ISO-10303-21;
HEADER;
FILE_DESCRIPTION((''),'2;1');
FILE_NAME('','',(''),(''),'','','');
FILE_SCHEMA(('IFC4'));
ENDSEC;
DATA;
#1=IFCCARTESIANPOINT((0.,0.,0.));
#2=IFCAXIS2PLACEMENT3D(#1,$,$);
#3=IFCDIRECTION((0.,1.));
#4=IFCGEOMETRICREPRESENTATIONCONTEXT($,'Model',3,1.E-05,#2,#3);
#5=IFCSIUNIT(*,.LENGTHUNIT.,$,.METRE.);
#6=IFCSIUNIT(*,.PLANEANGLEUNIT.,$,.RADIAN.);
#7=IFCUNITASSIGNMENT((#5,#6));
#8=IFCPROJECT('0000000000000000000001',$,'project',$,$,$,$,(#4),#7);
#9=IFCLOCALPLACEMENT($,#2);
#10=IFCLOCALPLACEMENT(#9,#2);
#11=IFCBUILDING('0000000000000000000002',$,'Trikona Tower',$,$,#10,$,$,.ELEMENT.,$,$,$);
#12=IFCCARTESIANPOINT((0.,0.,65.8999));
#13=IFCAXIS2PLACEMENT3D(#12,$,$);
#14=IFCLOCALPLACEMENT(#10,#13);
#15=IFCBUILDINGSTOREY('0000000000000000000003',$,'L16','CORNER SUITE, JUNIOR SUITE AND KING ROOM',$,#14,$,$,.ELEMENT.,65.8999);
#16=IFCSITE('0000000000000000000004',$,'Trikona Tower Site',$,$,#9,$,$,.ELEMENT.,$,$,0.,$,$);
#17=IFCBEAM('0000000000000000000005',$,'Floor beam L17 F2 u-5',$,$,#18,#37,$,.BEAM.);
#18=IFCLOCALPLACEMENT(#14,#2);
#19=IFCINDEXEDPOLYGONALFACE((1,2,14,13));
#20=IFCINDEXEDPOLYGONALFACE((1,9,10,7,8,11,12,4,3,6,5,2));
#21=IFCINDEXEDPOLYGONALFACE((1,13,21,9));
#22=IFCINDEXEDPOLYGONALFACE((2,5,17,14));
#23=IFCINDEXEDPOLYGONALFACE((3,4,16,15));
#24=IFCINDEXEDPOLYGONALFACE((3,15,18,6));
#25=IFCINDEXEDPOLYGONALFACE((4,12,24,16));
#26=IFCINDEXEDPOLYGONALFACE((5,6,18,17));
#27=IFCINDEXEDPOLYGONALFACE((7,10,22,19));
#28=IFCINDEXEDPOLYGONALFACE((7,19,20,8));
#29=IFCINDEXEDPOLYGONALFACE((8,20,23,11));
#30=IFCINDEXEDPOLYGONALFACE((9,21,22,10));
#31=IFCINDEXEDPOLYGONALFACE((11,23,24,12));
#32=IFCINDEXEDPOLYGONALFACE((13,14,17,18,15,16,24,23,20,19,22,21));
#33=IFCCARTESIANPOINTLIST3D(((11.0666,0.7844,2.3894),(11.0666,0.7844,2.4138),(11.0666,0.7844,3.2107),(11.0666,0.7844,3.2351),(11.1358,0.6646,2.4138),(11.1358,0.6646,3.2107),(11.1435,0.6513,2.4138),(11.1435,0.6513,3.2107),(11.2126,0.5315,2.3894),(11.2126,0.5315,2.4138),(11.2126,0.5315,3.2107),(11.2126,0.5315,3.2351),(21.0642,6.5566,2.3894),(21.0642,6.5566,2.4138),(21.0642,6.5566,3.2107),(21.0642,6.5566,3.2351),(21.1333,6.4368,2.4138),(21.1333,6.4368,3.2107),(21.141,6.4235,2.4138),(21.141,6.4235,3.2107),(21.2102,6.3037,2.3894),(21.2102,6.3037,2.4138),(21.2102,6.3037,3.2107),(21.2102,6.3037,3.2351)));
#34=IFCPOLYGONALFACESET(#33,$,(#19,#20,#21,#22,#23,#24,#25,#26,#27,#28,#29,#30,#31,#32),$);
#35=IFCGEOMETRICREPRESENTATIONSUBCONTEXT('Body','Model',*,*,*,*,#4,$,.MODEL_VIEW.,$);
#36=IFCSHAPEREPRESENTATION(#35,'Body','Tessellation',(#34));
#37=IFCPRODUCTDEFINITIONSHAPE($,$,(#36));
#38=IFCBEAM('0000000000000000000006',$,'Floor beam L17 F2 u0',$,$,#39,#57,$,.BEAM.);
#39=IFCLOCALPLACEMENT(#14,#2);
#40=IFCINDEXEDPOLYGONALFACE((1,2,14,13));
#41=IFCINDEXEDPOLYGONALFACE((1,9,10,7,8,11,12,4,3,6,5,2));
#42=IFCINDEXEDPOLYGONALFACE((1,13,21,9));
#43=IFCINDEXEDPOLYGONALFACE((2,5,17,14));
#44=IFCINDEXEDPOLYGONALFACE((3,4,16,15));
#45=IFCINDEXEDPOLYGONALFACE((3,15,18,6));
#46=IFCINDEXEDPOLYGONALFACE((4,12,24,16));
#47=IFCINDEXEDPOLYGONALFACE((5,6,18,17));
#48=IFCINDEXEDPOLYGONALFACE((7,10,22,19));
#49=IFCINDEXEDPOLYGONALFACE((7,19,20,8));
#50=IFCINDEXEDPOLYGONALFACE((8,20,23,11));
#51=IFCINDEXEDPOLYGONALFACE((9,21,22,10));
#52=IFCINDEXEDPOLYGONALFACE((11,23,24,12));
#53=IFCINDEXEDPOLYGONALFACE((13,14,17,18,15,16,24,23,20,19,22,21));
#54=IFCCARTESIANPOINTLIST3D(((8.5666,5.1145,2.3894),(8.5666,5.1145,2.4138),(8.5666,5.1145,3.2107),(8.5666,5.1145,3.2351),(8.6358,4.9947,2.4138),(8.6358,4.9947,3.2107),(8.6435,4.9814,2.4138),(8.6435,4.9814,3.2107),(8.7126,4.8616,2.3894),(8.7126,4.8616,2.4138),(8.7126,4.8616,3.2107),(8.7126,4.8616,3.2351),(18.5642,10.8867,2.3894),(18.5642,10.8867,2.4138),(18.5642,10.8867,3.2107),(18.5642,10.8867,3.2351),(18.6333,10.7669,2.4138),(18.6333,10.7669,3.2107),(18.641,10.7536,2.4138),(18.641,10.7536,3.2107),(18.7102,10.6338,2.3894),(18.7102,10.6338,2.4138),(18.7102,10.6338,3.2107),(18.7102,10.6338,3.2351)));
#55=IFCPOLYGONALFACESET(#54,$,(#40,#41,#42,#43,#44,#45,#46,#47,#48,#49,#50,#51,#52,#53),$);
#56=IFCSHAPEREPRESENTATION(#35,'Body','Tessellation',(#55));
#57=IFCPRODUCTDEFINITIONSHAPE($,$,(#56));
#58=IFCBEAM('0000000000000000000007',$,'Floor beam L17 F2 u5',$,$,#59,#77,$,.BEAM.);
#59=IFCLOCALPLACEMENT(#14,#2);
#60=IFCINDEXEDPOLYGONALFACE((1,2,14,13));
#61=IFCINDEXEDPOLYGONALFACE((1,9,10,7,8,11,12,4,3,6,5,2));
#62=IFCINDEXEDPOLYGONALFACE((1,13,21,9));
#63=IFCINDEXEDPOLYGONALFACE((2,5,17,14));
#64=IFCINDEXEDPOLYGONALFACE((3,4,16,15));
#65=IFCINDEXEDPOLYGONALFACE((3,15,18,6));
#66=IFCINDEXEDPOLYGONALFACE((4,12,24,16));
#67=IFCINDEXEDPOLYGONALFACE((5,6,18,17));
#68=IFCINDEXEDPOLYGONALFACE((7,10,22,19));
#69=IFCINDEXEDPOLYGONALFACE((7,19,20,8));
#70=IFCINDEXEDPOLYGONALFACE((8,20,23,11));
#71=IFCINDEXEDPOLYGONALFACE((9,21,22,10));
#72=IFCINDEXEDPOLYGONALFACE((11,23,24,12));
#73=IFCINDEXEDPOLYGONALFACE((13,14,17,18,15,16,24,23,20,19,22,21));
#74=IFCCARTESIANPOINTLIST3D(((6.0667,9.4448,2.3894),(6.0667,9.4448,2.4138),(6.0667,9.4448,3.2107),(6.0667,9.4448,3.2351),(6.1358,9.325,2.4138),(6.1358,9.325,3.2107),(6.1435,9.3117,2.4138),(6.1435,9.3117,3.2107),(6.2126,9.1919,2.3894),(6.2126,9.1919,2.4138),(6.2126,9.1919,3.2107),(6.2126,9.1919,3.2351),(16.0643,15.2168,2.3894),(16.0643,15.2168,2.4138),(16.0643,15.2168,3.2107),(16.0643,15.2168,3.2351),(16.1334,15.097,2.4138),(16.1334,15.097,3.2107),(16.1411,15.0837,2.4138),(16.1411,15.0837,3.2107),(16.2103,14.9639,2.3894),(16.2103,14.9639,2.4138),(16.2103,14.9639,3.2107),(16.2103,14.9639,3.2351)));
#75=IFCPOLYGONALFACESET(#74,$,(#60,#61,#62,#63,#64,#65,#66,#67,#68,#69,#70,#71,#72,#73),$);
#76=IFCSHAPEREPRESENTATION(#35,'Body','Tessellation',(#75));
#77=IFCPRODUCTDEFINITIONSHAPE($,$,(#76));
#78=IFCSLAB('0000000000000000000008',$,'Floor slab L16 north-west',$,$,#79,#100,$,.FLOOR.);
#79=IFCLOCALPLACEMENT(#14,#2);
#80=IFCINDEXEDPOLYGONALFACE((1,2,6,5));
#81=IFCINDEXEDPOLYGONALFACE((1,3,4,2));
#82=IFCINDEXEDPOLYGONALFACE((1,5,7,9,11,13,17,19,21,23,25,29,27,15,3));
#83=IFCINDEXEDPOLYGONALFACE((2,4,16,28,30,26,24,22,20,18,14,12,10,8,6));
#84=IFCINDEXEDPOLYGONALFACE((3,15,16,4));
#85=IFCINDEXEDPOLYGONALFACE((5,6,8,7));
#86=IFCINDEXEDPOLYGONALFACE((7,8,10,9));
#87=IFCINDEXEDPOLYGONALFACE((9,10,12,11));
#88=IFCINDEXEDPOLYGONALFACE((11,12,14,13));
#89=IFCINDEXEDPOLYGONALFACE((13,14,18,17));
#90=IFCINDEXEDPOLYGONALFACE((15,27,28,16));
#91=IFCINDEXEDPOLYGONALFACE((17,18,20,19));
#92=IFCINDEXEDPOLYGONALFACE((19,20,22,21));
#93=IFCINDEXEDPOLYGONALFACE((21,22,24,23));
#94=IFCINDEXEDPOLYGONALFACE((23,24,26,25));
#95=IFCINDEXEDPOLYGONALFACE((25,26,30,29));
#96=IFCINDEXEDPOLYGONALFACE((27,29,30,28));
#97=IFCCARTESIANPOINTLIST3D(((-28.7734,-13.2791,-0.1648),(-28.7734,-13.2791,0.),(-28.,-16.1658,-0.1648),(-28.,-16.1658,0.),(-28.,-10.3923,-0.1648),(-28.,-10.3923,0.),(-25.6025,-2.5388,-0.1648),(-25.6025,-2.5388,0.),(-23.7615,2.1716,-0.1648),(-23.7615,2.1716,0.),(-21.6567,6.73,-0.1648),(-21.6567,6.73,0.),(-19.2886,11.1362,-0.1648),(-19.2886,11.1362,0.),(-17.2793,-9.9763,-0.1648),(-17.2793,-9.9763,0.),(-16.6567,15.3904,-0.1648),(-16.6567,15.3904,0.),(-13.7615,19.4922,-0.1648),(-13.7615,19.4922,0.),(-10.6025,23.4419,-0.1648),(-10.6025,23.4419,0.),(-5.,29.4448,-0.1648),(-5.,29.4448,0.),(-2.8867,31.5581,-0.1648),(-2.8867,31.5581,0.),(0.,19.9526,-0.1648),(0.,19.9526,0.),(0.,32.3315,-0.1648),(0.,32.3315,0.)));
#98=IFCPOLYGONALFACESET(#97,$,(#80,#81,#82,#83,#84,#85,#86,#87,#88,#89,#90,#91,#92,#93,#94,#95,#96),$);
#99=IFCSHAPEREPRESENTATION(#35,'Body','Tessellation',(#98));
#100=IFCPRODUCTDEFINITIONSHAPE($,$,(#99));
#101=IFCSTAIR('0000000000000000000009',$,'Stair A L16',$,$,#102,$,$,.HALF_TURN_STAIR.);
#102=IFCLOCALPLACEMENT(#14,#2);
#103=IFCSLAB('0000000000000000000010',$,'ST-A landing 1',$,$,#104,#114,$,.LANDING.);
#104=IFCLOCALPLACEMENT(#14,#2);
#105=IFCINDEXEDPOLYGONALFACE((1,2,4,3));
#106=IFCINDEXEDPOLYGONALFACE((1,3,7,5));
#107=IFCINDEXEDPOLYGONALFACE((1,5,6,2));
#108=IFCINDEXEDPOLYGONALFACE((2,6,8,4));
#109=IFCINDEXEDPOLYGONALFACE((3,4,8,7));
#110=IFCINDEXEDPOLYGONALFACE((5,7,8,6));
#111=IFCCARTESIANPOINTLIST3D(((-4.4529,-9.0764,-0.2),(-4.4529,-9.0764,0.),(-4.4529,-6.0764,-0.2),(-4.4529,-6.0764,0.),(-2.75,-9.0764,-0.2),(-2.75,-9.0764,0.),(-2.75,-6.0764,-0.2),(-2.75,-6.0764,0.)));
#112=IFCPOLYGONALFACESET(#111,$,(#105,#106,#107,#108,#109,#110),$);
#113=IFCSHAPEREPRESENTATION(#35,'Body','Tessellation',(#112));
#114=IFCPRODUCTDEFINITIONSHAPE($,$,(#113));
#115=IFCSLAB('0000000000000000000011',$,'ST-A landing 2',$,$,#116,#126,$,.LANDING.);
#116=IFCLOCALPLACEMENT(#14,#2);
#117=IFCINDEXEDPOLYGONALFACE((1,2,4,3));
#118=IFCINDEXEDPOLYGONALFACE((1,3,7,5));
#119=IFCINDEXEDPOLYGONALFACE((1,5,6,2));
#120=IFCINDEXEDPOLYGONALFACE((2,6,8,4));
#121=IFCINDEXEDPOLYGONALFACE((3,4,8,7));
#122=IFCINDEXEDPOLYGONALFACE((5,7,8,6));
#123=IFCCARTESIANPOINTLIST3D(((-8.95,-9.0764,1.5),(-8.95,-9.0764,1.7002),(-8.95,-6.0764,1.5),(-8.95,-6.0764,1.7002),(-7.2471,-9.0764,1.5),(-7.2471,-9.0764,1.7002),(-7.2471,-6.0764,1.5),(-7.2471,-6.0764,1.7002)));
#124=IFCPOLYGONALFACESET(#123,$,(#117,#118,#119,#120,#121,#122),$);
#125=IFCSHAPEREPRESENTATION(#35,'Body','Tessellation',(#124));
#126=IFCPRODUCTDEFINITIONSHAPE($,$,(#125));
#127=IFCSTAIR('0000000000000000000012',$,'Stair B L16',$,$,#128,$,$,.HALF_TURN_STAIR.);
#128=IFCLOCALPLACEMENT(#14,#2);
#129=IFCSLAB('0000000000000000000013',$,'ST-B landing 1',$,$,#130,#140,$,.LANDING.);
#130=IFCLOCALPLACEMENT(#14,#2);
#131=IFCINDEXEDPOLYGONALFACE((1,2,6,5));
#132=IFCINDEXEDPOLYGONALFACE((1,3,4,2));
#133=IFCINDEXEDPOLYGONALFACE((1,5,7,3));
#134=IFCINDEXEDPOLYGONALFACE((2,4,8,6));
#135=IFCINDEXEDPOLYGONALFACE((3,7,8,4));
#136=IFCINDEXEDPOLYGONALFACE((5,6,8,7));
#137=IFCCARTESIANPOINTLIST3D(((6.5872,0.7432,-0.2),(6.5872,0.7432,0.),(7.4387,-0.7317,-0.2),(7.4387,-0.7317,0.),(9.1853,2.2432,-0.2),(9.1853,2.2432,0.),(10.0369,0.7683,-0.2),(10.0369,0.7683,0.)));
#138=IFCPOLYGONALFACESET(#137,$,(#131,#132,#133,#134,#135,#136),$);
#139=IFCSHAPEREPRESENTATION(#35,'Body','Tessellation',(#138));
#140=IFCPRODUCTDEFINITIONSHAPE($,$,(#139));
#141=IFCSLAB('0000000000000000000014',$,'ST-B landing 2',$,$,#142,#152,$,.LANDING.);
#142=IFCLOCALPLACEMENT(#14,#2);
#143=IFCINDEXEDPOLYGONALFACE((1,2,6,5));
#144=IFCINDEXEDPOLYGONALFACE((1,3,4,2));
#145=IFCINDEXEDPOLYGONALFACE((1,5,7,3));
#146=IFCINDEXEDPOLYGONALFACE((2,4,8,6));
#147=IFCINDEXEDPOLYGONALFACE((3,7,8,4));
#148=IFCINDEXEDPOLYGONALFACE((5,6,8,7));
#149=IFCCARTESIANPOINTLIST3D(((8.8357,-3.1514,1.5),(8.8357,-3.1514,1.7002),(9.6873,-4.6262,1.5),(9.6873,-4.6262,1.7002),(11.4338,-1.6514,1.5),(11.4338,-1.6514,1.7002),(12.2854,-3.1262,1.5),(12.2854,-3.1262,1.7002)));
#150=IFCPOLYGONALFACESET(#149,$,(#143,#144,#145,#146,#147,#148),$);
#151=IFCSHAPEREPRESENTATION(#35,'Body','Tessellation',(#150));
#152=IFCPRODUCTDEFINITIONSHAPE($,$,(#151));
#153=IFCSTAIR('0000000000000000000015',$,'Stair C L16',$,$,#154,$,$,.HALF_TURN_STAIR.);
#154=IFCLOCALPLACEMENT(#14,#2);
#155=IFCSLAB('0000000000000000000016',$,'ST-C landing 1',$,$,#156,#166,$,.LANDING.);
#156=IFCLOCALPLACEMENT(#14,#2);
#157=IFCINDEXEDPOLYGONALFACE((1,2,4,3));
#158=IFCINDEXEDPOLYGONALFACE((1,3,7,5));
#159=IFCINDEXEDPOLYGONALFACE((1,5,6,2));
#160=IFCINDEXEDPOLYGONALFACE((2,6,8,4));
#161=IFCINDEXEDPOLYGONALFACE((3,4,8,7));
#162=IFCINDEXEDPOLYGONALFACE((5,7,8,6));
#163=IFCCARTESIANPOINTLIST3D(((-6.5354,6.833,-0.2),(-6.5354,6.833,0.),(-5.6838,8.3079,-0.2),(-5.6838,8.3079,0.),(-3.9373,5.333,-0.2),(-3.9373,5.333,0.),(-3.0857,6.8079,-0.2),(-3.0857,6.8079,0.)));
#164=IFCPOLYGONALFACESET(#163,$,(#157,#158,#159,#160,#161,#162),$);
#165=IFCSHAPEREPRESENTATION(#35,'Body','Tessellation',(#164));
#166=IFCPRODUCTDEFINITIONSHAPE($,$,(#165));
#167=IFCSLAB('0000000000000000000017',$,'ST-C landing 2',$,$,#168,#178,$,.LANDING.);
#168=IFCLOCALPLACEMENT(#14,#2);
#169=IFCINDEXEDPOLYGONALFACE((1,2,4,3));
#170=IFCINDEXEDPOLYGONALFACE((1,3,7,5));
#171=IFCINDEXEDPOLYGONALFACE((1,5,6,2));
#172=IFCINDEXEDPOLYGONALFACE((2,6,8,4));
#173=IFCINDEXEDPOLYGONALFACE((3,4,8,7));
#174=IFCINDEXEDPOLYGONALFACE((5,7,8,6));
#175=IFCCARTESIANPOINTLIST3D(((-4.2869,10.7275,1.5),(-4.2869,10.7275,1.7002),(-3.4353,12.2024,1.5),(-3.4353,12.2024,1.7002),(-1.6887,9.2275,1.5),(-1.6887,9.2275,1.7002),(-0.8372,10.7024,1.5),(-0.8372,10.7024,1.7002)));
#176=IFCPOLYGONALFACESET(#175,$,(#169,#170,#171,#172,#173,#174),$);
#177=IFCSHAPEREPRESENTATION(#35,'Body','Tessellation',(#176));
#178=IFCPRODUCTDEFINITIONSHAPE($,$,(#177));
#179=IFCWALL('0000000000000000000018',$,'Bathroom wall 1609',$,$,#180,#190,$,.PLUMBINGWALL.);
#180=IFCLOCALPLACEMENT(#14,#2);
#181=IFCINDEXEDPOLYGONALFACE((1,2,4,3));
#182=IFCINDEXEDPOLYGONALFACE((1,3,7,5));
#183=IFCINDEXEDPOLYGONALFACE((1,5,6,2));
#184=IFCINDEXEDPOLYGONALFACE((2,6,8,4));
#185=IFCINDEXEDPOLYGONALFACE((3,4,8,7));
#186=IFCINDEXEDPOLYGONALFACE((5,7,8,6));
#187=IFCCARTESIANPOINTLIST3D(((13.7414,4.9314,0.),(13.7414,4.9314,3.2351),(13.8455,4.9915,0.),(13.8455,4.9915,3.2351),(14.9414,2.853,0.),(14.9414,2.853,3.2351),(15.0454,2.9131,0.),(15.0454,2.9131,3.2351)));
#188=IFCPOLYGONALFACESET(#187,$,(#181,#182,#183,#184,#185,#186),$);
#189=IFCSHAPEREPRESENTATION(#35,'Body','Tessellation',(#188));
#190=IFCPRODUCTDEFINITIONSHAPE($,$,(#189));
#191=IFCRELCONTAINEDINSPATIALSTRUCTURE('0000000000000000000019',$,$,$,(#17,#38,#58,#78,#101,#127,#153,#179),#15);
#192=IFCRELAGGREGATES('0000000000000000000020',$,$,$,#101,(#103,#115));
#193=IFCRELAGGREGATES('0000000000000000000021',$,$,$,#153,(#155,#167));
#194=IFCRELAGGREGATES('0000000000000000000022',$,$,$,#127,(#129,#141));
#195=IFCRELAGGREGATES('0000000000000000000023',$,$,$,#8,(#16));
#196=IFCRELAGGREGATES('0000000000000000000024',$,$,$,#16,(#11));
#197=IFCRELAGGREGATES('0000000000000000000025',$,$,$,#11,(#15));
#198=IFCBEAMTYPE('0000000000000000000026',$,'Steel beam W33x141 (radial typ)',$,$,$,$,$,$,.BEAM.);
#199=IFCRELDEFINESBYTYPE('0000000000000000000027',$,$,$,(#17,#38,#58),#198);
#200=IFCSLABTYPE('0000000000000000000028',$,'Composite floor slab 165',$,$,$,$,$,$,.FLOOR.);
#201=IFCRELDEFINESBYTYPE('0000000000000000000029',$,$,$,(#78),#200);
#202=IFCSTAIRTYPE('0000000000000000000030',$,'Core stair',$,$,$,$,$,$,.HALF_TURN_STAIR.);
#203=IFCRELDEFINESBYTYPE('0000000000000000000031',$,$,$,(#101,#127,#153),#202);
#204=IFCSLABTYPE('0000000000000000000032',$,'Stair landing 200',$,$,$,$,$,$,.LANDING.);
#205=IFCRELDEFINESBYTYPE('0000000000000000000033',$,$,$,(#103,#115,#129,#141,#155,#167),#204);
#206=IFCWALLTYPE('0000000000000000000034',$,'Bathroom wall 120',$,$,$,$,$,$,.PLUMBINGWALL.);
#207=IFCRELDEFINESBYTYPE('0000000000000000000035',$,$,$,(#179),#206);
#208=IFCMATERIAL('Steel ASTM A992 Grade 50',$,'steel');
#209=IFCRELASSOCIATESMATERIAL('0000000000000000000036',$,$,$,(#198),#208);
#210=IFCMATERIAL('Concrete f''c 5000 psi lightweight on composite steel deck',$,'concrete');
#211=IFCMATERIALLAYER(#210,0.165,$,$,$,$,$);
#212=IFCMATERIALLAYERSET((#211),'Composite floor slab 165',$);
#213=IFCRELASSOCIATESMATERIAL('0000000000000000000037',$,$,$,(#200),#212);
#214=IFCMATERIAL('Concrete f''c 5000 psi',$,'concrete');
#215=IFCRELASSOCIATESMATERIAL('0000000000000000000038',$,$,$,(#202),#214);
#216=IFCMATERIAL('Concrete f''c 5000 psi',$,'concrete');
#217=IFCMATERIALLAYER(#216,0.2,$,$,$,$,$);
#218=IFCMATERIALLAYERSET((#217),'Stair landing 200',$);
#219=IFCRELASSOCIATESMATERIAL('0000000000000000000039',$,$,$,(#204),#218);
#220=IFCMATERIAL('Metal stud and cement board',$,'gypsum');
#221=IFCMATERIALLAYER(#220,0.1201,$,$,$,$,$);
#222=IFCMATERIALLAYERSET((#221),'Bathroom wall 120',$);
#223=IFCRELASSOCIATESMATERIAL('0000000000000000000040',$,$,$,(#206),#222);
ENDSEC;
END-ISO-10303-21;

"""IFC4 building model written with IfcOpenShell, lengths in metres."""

from ifc_helpers import new_model, si_unit, direction, frame, frame_2d, origin, origin_2d, place, context, subcontext, project, spatial, polyline, rectangle, i_section, outline, extrude, material, layer, layer_set, material_profile, profile_set, type_object, element, aggregate, save


model = new_model("IFC4")

# Units and contexts
model_context = context("Model", 3, precision=1e-05, world=origin(), true_north=direction((0.0, 1.0)))
body_context = subcontext(model_context, "Body", "Model", "MODEL_VIEW")
ifc_project = project(units=[si_unit("LENGTHUNIT", "METRE"), si_unit("PLANEANGLEUNIT", "RADIAN")], contexts=[model_context])

# Site, building, storey
site_placement = place(None, origin())
site = spatial("IfcSite", under=ifc_project, at=site_placement, Name="Trikona Tower Site", CompositionType="ELEMENT", RefElevation=0.0)
building_placement = place(site_placement, origin())
building = spatial("IfcBuilding", under=site, at=building_placement, Name="Trikona Tower", CompositionType="ELEMENT")
storey_placement = place(building_placement, frame((0.0, 0.0, 65.8999)))
storey = spatial("IfcBuildingStorey", under=building, at=storey_placement, Name="L16", Description="CORNER SUITE, JUNIOR SUITE AND KING ROOM", CompositionType="ELEMENT", Elevation=65.8999)

# Beams
ifc_material_1 = material(Name="Steel ASTM A992 Grade 50", Category="steel")
ifc_material_profile = material_profile(ifc_material_1, i_section(OverallWidth=0.292, OverallDepth=0.8457, WebThickness=0.0154, FlangeThickness=0.0244, at=origin_2d()), Name="W33X141")
ifc_profile_set = profile_set([ifc_material_profile], Name="Steel ASTM A992 Grade 50")
beam_type = type_object("IfcBeamType", Name="Steel beam W33x141 (radial typ)", PredefinedType="BEAM", material=ifc_profile_set)
for number, where, z_axis, x_axis, name in (
    (1, (11.1396, 0.658, 2.8123), (0.866021, 0.500008, 0.0), (-0.500008, 0.866021, 0.0), "Floor beam L17 F2 u-5"),
    (2, (8.6396, 4.988, 2.8123), (0.866021, 0.500008, 0.0), (-0.500008, 0.866021, 0.0), "Floor beam L17 F2 u0"),
    (3, (6.1396, 9.3184, 2.8123), (0.86603, 0.499992, 0.0), (-0.499992, 0.86603, 0.0), "Floor beam L17 F2 u5"),
):
    element("IfcBeam", number, at=place(storey_placement, frame(where, z_axis=z_axis, x_axis=x_axis)), inside=storey, type_object=beam_type, Name=name, PredefinedType="BEAM", context=body_context, shape_type="SweptSolid", body=[
        extrude(i_section(OverallWidth=0.292, OverallDepth=0.8457, WebThickness=0.0154, FlangeThickness=0.0244, at=origin_2d()), origin(), (0.0, 0.0, 1.0), 11.5442),
    ])

# Slab
ifc_material_2 = material(Name="Concrete f'c 5000 psi lightweight on composite steel deck", Category="concrete")
ifc_layer_1 = layer(ifc_material_2, 0.165)
ifc_layer_set_1 = layer_set([ifc_layer_1], Name="Composite floor slab 165")
slab_type_1 = type_object("IfcSlabType", Name="Composite floor slab 165", PredefinedType="FLOOR", material=ifc_layer_set_1)
slab_1_placement = place(storey_placement, frame((0.0, 0.0, -0.1648)))
element("IfcSlab", 4, at=slab_1_placement, inside=storey, type_object=slab_type_1, Name="Floor slab L16 north-west", PredefinedType="FLOOR", context=body_context, shape_type="SweptSolid", body=[
    extrude(outline(polyline([(0.0, 19.9526), (0.0, 32.3315), (-2.8867, 31.5581), (-5.0, 29.4448), (-10.6025, 23.4419), (-13.7615, 19.4922), (-16.6567, 15.3904), (-19.2886, 11.1362), (-21.6567, 6.73), (-23.7615, 2.1716), (-25.6025, -2.5388), (-28.0, -10.3923), (-28.7734, -13.2791), (-28.0, -16.1658), (-17.2793, -9.9763), (0.0, 19.9526)])), origin(), (0.0, 0.0, 1.0), 0.1648),
])

# Stairs, slabs
ifc_material_3 = material(Name="Concrete f'c 5000 psi", Category="concrete")
stair_type = type_object("IfcStairType", Name="Core stair", PredefinedType="HALF_TURN_STAIR", material=ifc_material_3)
stair_1_placement = place(storey_placement, origin())
stair_1 = element("IfcStair", 5, at=stair_1_placement, inside=storey, type_object=stair_type, Name="Stair A L16", PredefinedType="HALF_TURN_STAIR")
ifc_material_4 = material(Name="Concrete f'c 5000 psi", Category="concrete")
ifc_layer_2 = layer(ifc_material_4, 0.2)
ifc_layer_set_2 = layer_set([ifc_layer_2], Name="Stair landing 200")
slab_type_2 = type_object("IfcSlabType", Name="Stair landing 200", PredefinedType="LANDING", material=ifc_layer_set_2)
slab_2_placement = place(storey_placement, frame((0.0, 0.0, -0.2)))
slab_2 = element("IfcSlab", 6, at=slab_2_placement, type_object=slab_type_2, Name="ST-A landing 1", PredefinedType="LANDING", context=body_context, shape_type="SweptSolid", body=[
    extrude(outline(polyline([(-4.4529, -6.0764), (-2.75, -6.0764), (-2.75, -9.0764), (-4.4529, -9.0764), (-4.4529, -6.0764)])), origin(), (0.0, 0.0, 1.0), 0.2),
])
slab_3_placement = place(storey_placement, frame((0.0, 0.0, 1.5)))
slab_3 = element("IfcSlab", 7, at=slab_3_placement, type_object=slab_type_2, Name="ST-A landing 2", PredefinedType="LANDING", context=body_context, shape_type="SweptSolid", body=[
    extrude(outline(polyline([(-8.95, -6.0764), (-7.2471, -6.0764), (-7.2471, -9.0764), (-8.95, -9.0764), (-8.95, -6.0764)])), origin(), (0.0, 0.0, 1.0), 0.2002),
])
aggregate(stair_1, [slab_2, slab_3])
stair_2_placement = place(storey_placement, origin())
stair_2 = element("IfcStair", 8, at=stair_2_placement, inside=storey, type_object=stair_type, Name="Stair B L16", PredefinedType="HALF_TURN_STAIR")
slab_4_placement = place(storey_placement, frame((0.0, 0.0, -0.2)))
slab_4 = element("IfcSlab", 9, at=slab_4_placement, type_object=slab_type_2, Name="ST-B landing 1", PredefinedType="LANDING", context=body_context, shape_type="SweptSolid", body=[
    extrude(outline(polyline([(7.4387, -0.7317), (6.5872, 0.7432), (9.1853, 2.2432), (10.0369, 0.7683), (7.4387, -0.7317)])), origin(), (0.0, 0.0, 1.0), 0.2),
])
slab_5_placement = place(storey_placement, frame((0.0, 0.0, 1.5)))
slab_5 = element("IfcSlab", 10, at=slab_5_placement, type_object=slab_type_2, Name="ST-B landing 2", PredefinedType="LANDING", context=body_context, shape_type="SweptSolid", body=[
    extrude(outline(polyline([(9.6873, -4.6262), (8.8357, -3.1514), (11.4338, -1.6514), (12.2854, -3.1262), (9.6873, -4.6262)])), origin(), (0.0, 0.0, 1.0), 0.2002),
])
stair_3_placement = place(storey_placement, origin())
stair_3 = element("IfcStair", 11, at=stair_3_placement, inside=storey, type_object=stair_type, Name="Stair C L16", PredefinedType="HALF_TURN_STAIR")
slab_6_placement = place(storey_placement, frame((0.0, 0.0, -0.2)))
slab_6 = element("IfcSlab", 12, at=slab_6_placement, type_object=slab_type_2, Name="ST-C landing 1", PredefinedType="LANDING", context=body_context, shape_type="SweptSolid", body=[
    extrude(outline(polyline([(-3.0857, 6.8079), (-3.9373, 5.333), (-6.5354, 6.833), (-5.6838, 8.3079), (-3.0857, 6.8079)])), origin(), (0.0, 0.0, 1.0), 0.2),
])
slab_7_placement = place(storey_placement, frame((0.0, 0.0, 1.5)))
slab_7 = element("IfcSlab", 13, at=slab_7_placement, type_object=slab_type_2, Name="ST-C landing 2", PredefinedType="LANDING", context=body_context, shape_type="SweptSolid", body=[
    extrude(outline(polyline([(-0.8372, 10.7024), (-1.6887, 9.2275), (-4.2869, 10.7275), (-3.4353, 12.2024), (-0.8372, 10.7024)])), origin(), (0.0, 0.0, 1.0), 0.2002),
])
aggregate(stair_3, [slab_6, slab_7])

# Wall
ifc_material_5 = material(Name="Metal stud and cement board", Category="gypsum")
ifc_layer_3 = layer(ifc_material_5, 0.1201)
ifc_layer_set_3 = layer_set([ifc_layer_3], Name="Bathroom wall 120")
wall_type_1 = type_object("IfcWallType", Name="Bathroom wall 120", PredefinedType="PLUMBINGWALL", material=ifc_layer_set_3)
wall_1_placement = place(storey_placement, frame((14.9934, 2.8831, 0.0), z_axis=(0.0, 0.0, 1.0), x_axis=(-0.500001, 0.866025, 0.0)))
element("IfcWall", 14, at=wall_1_placement, inside=storey, type_object=wall_type_1, Name="Bathroom wall 1609", PredefinedType="PLUMBINGWALL", context=body_context, shape_type="SweptSolid", body=[
    extrude(rectangle(XDim=2.3999, YDim=0.1201, at=frame_2d((1.2, 0.0))), origin(), (0.0, 0.0, 1.0), 3.2351),
])

aggregate(stair_2, [slab_4, slab_5])

save(model, "model.ifc")
